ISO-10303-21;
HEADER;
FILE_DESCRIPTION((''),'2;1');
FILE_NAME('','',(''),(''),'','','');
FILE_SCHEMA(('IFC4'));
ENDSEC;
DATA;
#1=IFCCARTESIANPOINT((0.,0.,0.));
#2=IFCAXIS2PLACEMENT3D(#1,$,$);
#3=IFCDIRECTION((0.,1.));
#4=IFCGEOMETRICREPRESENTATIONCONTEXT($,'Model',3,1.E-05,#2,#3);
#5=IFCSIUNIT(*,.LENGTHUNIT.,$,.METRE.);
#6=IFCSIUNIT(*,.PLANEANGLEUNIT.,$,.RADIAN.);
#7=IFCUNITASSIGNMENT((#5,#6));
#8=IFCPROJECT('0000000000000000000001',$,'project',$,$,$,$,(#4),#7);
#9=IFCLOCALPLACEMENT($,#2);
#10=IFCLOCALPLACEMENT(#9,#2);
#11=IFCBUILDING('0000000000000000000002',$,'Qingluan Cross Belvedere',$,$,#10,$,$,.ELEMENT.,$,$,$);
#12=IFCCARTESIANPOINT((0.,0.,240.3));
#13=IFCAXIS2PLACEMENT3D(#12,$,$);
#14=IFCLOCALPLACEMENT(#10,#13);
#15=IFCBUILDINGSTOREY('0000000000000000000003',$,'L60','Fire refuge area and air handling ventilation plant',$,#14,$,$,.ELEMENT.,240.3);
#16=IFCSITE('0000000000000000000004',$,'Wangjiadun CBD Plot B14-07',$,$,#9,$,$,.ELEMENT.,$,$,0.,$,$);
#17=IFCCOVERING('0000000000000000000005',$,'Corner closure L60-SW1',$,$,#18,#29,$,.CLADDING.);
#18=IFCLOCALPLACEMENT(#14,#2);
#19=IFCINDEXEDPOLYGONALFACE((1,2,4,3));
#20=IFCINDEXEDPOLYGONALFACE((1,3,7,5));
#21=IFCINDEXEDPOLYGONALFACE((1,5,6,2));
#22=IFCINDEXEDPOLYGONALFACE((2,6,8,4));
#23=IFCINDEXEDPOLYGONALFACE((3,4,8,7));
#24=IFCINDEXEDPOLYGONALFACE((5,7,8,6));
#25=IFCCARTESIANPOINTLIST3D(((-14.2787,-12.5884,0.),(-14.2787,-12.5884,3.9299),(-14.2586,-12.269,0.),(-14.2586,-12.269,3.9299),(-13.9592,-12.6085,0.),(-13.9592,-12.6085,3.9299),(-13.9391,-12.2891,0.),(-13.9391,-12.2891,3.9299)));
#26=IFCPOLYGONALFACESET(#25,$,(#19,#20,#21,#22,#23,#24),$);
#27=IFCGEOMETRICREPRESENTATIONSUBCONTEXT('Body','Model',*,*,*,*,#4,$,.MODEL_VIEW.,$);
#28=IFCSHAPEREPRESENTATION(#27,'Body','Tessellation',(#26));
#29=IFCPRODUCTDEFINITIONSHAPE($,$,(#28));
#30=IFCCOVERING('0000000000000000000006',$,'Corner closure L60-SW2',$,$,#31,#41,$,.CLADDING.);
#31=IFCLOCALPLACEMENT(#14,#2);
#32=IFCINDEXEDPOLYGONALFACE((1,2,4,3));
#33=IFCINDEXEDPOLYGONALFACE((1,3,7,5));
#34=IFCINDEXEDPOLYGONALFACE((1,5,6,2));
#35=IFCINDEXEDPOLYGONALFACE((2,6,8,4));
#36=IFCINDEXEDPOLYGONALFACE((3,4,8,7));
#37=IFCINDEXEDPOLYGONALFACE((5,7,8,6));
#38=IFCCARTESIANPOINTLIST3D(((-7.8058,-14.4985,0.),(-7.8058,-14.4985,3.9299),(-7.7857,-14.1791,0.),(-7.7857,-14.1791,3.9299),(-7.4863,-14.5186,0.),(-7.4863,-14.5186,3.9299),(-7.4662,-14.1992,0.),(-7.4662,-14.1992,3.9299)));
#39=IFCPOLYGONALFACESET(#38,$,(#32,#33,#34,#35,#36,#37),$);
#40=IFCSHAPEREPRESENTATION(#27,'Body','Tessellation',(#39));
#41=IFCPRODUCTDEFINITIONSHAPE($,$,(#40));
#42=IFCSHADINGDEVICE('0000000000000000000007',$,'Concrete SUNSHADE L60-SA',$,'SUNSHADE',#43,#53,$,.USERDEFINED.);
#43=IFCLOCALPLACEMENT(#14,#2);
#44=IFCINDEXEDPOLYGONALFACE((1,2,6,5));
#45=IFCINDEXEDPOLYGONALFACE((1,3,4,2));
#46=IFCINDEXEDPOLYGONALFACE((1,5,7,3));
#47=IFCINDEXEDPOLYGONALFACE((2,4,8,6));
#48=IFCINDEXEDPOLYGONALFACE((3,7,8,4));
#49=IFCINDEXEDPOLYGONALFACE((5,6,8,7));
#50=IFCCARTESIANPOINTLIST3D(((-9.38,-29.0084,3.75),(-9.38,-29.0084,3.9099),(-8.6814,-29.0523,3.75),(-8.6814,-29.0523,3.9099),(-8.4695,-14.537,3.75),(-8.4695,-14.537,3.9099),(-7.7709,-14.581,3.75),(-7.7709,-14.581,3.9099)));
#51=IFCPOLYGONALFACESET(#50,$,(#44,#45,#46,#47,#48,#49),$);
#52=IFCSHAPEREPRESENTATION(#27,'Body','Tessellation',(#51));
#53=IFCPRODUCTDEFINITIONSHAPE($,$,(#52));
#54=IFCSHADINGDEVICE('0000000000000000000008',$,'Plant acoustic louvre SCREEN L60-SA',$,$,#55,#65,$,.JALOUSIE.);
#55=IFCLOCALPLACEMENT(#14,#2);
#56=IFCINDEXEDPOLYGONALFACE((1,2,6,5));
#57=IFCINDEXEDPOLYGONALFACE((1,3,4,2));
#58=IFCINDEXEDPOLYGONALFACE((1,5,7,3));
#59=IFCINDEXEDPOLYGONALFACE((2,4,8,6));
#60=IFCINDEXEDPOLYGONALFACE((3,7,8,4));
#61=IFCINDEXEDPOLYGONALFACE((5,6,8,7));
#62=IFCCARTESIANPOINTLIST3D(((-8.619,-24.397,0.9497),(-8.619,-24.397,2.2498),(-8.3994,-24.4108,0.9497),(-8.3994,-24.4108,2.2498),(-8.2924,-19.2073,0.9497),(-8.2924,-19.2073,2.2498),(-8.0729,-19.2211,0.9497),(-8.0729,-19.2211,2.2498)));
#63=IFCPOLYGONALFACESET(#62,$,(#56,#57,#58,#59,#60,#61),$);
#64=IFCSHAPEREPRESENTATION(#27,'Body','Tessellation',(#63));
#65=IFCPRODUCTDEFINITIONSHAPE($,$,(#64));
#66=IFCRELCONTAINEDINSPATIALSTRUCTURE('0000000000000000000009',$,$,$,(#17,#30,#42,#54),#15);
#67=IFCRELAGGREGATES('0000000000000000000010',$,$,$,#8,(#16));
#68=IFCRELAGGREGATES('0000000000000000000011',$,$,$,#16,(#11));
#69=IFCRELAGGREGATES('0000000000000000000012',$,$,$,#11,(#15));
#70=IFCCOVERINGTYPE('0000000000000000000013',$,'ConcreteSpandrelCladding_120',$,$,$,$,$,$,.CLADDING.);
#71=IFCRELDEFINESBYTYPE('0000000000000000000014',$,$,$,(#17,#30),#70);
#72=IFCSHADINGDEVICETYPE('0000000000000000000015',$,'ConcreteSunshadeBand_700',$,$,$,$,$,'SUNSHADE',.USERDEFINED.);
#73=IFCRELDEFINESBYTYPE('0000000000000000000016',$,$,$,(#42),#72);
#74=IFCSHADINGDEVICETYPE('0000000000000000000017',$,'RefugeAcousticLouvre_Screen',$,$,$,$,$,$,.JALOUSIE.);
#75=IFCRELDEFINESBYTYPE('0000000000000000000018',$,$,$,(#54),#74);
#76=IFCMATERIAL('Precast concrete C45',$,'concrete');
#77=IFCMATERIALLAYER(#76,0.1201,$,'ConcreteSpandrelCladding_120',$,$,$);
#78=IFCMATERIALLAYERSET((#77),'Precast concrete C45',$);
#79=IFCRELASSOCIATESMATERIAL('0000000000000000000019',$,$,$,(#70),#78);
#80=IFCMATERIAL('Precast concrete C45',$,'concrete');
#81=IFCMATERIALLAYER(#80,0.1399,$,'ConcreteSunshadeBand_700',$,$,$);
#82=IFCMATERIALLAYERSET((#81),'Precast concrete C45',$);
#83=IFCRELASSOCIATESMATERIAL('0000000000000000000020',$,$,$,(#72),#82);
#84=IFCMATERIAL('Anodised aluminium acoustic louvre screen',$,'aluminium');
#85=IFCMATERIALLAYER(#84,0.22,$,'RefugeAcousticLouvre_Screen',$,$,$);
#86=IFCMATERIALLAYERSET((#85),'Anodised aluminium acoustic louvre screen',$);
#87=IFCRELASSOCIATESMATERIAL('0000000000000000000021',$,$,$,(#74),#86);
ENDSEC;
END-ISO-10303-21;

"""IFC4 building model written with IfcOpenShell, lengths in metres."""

from ifc_helpers import new_model, si_unit, direction, frame, origin, origin_2d, place, context, subcontext, project, spatial, rectangle, extrude, material, layer, layer_set, type_object, element, save


model = new_model("IFC4")

# Units and contexts
model_context = context("Model", 3, precision=1e-05, world=origin(), true_north=direction((0.0, 1.0)))
body_context = subcontext(model_context, "Body", "Model", "MODEL_VIEW")
ifc_project = project(units=[si_unit("LENGTHUNIT", "METRE"), si_unit("PLANEANGLEUNIT", "RADIAN")], contexts=[model_context])

# Site, building, storey
site_placement = place(None, origin())
site = spatial("IfcSite", under=ifc_project, at=site_placement, Name="Wangjiadun CBD Plot B14-07", CompositionType="ELEMENT", RefElevation=0.0)
building_placement = place(site_placement, origin())
building = spatial("IfcBuilding", under=site, at=building_placement, Name="Qingluan Cross Belvedere", CompositionType="ELEMENT")
storey_placement = place(building_placement, frame((0.0, 0.0, 240.3)))
storey = spatial("IfcBuildingStorey", under=building, at=storey_placement, Name="L60", Description="Fire refuge area and air handling ventilation plant", CompositionType="ELEMENT", Elevation=240.3)

# Coverings
ifc_material_1 = material(Name="Precast concrete C45", Category="concrete")
ifc_layer_1 = layer(ifc_material_1, 0.1201, Name="ConcreteSpandrelCladding_120")
ifc_layer_set_1 = layer_set([ifc_layer_1], Name="Precast concrete C45")
covering_type = type_object("IfcCoveringType", Name="ConcreteSpandrelCladding_120", PredefinedType="CLADDING", material=ifc_layer_set_1)
for number, where, z_axis, x_axis, name in (
    (1, (-14.1089, -12.4387, 0.0), (0.0, 0.0, 1.0), (0.998027, -0.062791, 0.0), "Corner closure L60-SW1"),
    (2, (-7.636, -14.3489, 0.0), (0.0, 0.0, 1.0), (0.998027, -0.062791, 0.0), "Corner closure L60-SW2"),
):
    element("IfcCovering", number, at=place(storey_placement, frame(where, z_axis=z_axis, x_axis=x_axis)), inside=storey, type_object=covering_type, Name=name, PredefinedType="CLADDING", context=body_context, shape_type="SweptSolid", body=[
        extrude(rectangle(XDim=0.3201, YDim=0.3201, at=origin_2d()), origin(), (0.0, 0.0, 1.0), 3.9299),
    ])

# Shading devices
ifc_material_2 = material(Name="Precast concrete C45", Category="concrete")
ifc_layer_2 = layer(ifc_material_2, 0.1399, Name="ConcreteSunshadeBand_700")
ifc_layer_set_2 = layer_set([ifc_layer_2], Name="Precast concrete C45")
shading_device_type_1 = type_object("IfcShadingDeviceType", Name="ConcreteSunshadeBand_700", ElementType="SUNSHADE", PredefinedType="USERDEFINED", material=ifc_layer_set_2)
shading_device_1_placement = place(storey_placement, frame((-8.5754, -21.7947, 3.75), z_axis=(0.0, 0.0, 1.0), x_axis=(-0.062796, -0.998026, 0.0)))
element("IfcShadingDevice", 3, at=shading_device_1_placement, inside=storey, type_object=shading_device_type_1, Name="Concrete SUNSHADE L60-SA", ObjectType="SUNSHADE", PredefinedType="USERDEFINED", context=body_context, shape_type="SweptSolid", body=[
    extrude(rectangle(XDim=14.5, YDim=0.7, at=origin_2d()), origin(), (0.0, 0.0, 1.0), 0.1599),
])
ifc_material_3 = material(Name="Anodised aluminium acoustic louvre screen", Category="aluminium")
ifc_layer_3 = layer(ifc_material_3, 0.22, Name="RefugeAcousticLouvre_Screen")
ifc_layer_set_3 = layer_set([ifc_layer_3], Name="Anodised aluminium acoustic louvre screen")
shading_device_type_2 = type_object("IfcShadingDeviceType", Name="RefugeAcousticLouvre_Screen", PredefinedType="JALOUSIE", material=ifc_layer_set_3)
shading_device_2_placement = place(storey_placement, frame((-8.3459, -21.8091, 0.9497), z_axis=(0.0, 0.0, 1.0), x_axis=(-0.062796, -0.998026, 0.0)))
element("IfcShadingDevice", 4, at=shading_device_2_placement, inside=storey, type_object=shading_device_type_2, Name="Plant acoustic louvre SCREEN L60-SA", PredefinedType="JALOUSIE", context=body_context, shape_type="SweptSolid", body=[
    extrude(rectangle(XDim=5.2, YDim=0.22, at=origin_2d()), origin(), (0.0, 0.0, 1.0), 1.3),
])

save(model, "model.ifc")
